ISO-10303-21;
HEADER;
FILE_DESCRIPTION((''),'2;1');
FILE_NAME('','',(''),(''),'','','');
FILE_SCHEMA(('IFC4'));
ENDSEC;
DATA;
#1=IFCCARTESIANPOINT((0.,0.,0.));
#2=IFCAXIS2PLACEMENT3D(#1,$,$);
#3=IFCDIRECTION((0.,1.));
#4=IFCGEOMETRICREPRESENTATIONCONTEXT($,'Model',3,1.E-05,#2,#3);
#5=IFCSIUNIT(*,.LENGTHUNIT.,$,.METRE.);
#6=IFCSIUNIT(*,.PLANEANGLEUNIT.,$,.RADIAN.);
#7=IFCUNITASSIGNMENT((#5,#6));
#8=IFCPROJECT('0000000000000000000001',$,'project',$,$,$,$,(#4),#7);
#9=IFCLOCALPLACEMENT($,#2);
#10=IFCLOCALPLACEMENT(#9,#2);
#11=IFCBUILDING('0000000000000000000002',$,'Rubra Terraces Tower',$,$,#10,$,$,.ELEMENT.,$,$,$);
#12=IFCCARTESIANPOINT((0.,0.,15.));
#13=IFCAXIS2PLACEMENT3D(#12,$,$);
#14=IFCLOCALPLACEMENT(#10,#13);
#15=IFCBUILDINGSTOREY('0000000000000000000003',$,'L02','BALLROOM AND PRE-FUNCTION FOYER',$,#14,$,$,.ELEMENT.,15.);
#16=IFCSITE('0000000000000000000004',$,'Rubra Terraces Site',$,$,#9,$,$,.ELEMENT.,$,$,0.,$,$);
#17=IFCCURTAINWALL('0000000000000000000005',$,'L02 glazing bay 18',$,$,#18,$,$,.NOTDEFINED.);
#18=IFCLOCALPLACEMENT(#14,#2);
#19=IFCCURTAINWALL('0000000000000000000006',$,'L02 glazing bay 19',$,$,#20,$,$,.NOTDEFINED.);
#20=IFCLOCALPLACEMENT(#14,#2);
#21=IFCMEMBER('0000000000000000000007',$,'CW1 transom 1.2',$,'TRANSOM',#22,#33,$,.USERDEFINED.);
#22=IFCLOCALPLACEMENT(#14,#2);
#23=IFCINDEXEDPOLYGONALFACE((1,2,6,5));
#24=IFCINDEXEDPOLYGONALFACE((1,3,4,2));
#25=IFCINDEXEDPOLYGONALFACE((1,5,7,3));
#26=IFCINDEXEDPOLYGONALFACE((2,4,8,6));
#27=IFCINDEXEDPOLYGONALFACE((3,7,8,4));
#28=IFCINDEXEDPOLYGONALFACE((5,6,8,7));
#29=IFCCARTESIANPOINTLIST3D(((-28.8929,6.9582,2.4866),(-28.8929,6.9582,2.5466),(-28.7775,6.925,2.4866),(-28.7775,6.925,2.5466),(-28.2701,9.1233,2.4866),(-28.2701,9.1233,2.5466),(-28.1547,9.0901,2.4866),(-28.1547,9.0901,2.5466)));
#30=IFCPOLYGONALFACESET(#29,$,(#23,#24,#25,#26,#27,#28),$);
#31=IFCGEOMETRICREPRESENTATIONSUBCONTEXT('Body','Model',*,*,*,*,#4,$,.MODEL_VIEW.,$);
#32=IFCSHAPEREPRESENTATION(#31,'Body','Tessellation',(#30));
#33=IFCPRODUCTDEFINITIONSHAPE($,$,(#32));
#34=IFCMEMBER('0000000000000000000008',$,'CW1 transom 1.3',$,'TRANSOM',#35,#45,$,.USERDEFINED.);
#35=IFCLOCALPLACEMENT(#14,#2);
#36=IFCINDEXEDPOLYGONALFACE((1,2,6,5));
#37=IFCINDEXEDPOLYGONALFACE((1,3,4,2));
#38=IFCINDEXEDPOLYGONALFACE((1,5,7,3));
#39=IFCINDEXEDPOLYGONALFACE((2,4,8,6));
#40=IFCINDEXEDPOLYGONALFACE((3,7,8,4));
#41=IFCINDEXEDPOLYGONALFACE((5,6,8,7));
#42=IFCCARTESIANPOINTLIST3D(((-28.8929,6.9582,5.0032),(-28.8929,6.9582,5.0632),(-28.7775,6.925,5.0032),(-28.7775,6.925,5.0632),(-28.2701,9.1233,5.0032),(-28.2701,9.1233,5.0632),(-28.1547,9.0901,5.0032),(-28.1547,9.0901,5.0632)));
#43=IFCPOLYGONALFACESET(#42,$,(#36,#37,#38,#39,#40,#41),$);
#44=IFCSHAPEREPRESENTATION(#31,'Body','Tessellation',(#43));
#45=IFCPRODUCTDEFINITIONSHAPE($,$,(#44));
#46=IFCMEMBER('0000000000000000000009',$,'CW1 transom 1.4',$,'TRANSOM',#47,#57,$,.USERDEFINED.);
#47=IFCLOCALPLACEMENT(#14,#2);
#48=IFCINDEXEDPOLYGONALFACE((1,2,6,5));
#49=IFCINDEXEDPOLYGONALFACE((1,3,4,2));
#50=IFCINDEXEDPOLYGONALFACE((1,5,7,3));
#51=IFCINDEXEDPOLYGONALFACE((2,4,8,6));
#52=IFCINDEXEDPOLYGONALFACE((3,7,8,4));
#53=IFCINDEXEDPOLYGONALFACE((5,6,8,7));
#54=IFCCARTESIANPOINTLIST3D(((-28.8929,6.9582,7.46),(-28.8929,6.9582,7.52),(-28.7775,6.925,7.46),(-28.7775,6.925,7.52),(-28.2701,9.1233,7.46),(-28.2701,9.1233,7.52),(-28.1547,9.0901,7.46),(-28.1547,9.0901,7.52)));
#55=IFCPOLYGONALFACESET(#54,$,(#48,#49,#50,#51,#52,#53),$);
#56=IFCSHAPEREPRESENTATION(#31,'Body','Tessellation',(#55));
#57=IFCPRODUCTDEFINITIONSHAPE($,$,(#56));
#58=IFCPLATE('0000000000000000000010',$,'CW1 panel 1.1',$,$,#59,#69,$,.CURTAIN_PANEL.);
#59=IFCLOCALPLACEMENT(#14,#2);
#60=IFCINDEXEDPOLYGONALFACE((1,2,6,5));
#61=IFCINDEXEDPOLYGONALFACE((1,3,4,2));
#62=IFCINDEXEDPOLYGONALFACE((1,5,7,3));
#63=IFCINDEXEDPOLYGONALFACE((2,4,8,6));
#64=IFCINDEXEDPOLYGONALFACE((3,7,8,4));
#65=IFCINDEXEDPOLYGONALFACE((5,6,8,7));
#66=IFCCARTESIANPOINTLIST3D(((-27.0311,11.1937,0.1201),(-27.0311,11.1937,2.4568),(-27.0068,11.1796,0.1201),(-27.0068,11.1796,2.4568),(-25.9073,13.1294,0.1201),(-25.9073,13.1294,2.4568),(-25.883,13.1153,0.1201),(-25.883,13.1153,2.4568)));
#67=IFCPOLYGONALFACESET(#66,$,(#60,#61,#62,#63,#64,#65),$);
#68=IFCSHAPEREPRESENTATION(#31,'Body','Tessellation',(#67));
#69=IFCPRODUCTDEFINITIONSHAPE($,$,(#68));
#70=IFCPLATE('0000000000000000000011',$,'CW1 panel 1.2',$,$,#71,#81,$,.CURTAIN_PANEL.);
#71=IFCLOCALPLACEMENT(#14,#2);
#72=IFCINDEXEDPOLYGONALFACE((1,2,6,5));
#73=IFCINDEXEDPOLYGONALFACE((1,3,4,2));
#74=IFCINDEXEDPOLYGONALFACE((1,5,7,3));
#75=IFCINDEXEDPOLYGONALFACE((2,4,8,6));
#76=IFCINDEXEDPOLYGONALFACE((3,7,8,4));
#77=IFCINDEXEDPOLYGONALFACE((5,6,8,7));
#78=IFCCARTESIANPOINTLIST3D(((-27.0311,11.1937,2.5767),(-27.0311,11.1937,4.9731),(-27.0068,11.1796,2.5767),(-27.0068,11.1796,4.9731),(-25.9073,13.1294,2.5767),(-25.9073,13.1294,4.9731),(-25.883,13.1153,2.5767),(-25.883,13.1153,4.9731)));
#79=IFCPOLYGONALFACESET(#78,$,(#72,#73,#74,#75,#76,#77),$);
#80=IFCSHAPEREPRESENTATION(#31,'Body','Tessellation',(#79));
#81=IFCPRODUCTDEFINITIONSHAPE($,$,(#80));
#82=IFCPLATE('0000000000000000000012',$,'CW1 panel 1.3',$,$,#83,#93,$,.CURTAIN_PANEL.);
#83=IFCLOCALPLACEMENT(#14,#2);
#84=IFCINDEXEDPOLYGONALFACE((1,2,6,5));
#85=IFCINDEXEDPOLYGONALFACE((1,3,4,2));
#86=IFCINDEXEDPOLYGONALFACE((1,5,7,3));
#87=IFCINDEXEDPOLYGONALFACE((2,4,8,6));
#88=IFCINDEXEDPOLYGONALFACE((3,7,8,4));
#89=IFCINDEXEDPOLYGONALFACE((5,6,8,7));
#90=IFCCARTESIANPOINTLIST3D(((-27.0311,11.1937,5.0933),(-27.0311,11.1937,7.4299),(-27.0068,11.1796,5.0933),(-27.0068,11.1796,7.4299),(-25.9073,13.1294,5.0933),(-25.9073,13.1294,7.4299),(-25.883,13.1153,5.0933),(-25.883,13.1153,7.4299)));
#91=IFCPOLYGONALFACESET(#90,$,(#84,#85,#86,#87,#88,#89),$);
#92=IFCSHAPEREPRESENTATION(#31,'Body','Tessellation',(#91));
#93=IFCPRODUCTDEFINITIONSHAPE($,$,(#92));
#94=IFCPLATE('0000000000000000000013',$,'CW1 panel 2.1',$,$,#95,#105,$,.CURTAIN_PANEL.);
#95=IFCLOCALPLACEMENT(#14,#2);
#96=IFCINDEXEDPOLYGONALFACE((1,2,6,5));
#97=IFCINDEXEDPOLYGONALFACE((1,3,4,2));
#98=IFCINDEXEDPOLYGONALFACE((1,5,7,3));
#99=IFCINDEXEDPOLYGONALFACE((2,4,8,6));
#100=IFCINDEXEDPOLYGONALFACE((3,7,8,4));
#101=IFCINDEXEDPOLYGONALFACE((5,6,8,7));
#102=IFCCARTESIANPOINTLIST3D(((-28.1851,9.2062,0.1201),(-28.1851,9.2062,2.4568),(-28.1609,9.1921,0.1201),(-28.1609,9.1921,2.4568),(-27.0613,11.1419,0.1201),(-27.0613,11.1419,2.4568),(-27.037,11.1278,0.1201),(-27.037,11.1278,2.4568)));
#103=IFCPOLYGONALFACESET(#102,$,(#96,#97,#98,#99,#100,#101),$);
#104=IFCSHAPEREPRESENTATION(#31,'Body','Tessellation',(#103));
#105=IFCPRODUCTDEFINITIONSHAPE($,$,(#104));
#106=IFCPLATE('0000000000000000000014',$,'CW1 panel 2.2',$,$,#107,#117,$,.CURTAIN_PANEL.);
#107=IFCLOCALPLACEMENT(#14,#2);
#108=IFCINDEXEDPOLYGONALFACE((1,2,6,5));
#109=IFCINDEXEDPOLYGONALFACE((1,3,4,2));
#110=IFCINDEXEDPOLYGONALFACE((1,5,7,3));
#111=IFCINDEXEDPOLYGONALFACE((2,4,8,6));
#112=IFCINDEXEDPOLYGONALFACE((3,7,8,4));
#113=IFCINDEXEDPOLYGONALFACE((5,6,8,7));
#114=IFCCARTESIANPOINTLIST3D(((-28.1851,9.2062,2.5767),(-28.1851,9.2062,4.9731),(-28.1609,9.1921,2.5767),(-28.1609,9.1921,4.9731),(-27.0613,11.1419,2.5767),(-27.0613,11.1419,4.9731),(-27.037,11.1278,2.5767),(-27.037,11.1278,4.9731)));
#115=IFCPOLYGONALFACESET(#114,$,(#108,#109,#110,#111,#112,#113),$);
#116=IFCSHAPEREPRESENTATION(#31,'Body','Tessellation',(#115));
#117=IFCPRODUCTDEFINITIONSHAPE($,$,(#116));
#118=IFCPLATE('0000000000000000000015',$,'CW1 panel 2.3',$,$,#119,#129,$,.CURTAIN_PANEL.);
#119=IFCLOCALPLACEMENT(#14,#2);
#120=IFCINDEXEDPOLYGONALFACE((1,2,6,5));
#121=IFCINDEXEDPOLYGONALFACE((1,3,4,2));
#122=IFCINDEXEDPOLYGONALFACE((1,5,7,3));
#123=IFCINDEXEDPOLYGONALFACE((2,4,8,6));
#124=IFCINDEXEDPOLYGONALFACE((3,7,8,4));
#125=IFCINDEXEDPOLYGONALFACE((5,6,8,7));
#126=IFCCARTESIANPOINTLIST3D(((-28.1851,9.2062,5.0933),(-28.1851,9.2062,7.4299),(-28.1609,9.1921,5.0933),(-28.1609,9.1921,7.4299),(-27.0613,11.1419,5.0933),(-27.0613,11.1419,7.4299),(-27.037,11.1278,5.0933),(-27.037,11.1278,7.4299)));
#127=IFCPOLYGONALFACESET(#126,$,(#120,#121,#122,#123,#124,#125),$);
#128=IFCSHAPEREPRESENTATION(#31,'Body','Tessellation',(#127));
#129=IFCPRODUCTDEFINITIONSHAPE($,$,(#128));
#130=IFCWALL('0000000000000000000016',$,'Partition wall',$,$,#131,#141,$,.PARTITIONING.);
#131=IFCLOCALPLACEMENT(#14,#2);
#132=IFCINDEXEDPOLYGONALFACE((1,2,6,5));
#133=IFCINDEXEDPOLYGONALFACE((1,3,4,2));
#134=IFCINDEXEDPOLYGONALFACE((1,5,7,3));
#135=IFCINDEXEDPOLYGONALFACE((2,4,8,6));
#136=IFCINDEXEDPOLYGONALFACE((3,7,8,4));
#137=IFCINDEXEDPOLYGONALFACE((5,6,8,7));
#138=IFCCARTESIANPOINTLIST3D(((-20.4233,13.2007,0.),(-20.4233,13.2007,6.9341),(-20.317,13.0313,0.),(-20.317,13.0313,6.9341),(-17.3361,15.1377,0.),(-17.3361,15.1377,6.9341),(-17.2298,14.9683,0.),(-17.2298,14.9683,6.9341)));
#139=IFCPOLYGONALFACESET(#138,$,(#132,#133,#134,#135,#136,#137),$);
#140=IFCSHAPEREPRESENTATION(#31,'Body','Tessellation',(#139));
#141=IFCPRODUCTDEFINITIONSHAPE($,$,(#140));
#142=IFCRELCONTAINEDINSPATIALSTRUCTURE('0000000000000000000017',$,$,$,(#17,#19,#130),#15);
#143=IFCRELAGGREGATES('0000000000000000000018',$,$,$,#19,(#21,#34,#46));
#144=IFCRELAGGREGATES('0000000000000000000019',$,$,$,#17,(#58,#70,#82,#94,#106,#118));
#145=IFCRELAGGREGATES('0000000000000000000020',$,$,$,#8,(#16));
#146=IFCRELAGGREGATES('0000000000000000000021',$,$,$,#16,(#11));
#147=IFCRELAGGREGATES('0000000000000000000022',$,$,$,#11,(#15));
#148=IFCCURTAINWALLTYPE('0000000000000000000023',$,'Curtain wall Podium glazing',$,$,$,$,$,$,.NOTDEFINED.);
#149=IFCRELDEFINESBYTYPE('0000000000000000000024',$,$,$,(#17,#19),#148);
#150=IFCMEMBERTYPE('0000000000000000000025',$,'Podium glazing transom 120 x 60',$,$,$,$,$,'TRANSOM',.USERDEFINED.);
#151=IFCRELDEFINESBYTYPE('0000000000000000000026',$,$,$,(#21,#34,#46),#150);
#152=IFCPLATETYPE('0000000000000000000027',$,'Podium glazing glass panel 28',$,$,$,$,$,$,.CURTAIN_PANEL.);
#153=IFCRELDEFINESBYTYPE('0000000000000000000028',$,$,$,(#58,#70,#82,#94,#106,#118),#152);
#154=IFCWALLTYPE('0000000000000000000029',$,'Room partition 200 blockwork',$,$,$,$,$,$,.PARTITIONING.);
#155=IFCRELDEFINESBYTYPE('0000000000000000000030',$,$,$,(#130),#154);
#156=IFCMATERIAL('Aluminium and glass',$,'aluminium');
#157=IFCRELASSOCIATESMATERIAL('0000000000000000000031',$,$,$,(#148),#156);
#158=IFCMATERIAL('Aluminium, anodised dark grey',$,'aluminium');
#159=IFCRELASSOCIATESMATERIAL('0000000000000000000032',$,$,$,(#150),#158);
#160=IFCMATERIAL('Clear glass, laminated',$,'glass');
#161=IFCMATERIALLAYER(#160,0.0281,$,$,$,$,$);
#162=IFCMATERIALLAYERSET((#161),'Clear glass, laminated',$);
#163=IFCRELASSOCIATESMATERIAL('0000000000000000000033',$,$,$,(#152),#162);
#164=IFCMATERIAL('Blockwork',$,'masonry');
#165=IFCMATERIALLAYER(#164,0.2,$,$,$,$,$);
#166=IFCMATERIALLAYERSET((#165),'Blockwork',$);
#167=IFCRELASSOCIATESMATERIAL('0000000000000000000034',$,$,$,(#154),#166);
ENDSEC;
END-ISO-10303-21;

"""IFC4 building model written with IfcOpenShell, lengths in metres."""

from ifc_helpers import new_model, si_unit, direction, frame, frame_2d, origin, origin_2d, place, context, subcontext, project, spatial, rectangle, extrude, material, layer, layer_set, material_profile, profile_set, type_object, element, aggregate, save


model = new_model("IFC4")

# Units and contexts
model_context = context("Model", 3, precision=1e-05, world=origin(), true_north=direction((0.0, 1.0)))
body_context = subcontext(model_context, "Body", "Model", "MODEL_VIEW")
ifc_project = project(units=[si_unit("LENGTHUNIT", "METRE"), si_unit("PLANEANGLEUNIT", "RADIAN")], contexts=[model_context])

# Site, building, storey
site_placement = place(None, origin())
site = spatial("IfcSite", under=ifc_project, at=site_placement, Name="Rubra Terraces Site", CompositionType="ELEMENT", RefElevation=0.0)
building_placement = place(site_placement, origin())
building = spatial("IfcBuilding", under=site, at=building_placement, Name="Rubra Terraces Tower", CompositionType="ELEMENT")
storey_placement = place(building_placement, frame((0.0, 0.0, 15.0)))
storey = spatial("IfcBuildingStorey", under=building, at=storey_placement, Name="L02", Description="BALLROOM AND PRE-FUNCTION FOYER", CompositionType="ELEMENT", Elevation=15.0)

# Curtain walls
ifc_material_1 = material(Name="Aluminium and glass", Category="aluminium")
curtain_wall_type = type_object("IfcCurtainWallType", Name="Curtain wall Podium glazing", PredefinedType="NOTDEFINED", material=ifc_material_1)
curtain_wall_1_placement = place(storey_placement, origin())
curtain_wall_1 = element("IfcCurtainWall", 1, at=curtain_wall_1_placement, inside=storey, type_object=curtain_wall_type, Name="L02 glazing bay 18", PredefinedType="NOTDEFINED")
ifc_material_2 = material(Name="Aluminium, anodised dark grey", Category="aluminium")
curtain_wall_2_placement = place(storey_placement, origin())
curtain_wall_2 = element("IfcCurtainWall", 2, at=curtain_wall_2_placement, inside=storey, type_object=curtain_wall_type, Name="L02 glazing bay 19", PredefinedType="NOTDEFINED")

# Members
ifc_material_profile_1 = material_profile(ifc_material_2, rectangle(XDim=0.1201, YDim=0.0601, at=origin_2d()), Name="AL 120x60")
ifc_profile_set_1 = profile_set([ifc_material_profile_1], Name="Aluminium, anodised dark grey")
member_type_1 = type_object("IfcMemberType", Name="Podium glazing transom 120 x 60", ElementType="TRANSOM", PredefinedType="USERDEFINED", material=ifc_profile_set_1)
member_1_placement = place(storey_placement, frame((-28.2124, 9.1067, 2.5166), z_axis=(-0.276453, -0.961028, 0.0), x_axis=(0.961028, -0.276453, 0.0)))
member_1 = element("IfcMember", 3, at=member_1_placement, type_object=member_type_1, Name="CW1 transom 1.2", ObjectType="TRANSOM", PredefinedType="USERDEFINED", context=body_context, shape_type="SweptSolid", body=[
    extrude(rectangle(XDim=0.1201, YDim=0.0601, at=origin_2d()), origin(), (0.0, 0.0, 1.0), 2.2529),
])
member_2_placement = place(storey_placement, frame((-28.2124, 9.1067, 5.0332), z_axis=(-0.276453, -0.961028, 0.0), x_axis=(0.961028, -0.276453, 0.0)))
member_2 = element("IfcMember", 4, at=member_2_placement, type_object=member_type_1, Name="CW1 transom 1.3", ObjectType="TRANSOM", PredefinedType="USERDEFINED", context=body_context, shape_type="SweptSolid", body=[
    extrude(rectangle(XDim=0.1201, YDim=0.0601, at=origin_2d()), origin(), (0.0, 0.0, 1.0), 2.2529),
])
member_3_placement = place(storey_placement, frame((-28.2124, 9.1067, 7.49), z_axis=(-0.276453, -0.961028, 0.0), x_axis=(0.961028, -0.276453, 0.0)))
member_3 = element("IfcMember", 5, at=member_3_placement, type_object=member_type_1, Name="CW1 transom 1.4", ObjectType="TRANSOM", PredefinedType="USERDEFINED", context=body_context, shape_type="SweptSolid", body=[
    extrude(rectangle(XDim=0.1201, YDim=0.0601, at=origin_2d()), origin(), (0.0, 0.0, 1.0), 2.2529),
])
aggregate(curtain_wall_2, [member_1, member_2, member_3])

# Plates
ifc_material_3 = material(Name="Clear glass, laminated", Category="glass")
ifc_layer_1 = layer(ifc_material_3, 0.0281)
ifc_layer_set_1 = layer_set([ifc_layer_1], Name="Clear glass, laminated")
plate_type = type_object("IfcPlateType", Name="Podium glazing glass panel 28", PredefinedType="CURTAIN_PANEL", material=ifc_layer_set_1)
plate_1_placement = place(storey_placement, frame((-26.457, 12.1545, 0.1201), z_axis=(0.0, 0.0, 1.0), x_axis=(-0.502094, -0.864813, 0.0)))
plate_1 = element("IfcPlate", 6, at=plate_1_placement, type_object=plate_type, Name="CW1 panel 1.1", PredefinedType="CURTAIN_PANEL", context=body_context, shape_type="SweptSolid", body=[
    extrude(rectangle(XDim=2.2383, YDim=0.0281, at=origin_2d()), origin(), (0.0, 0.0, 1.0), 2.3367),
])
plate_2_placement = place(storey_placement, frame((-26.457, 12.1545, 2.5767), z_axis=(0.0, 0.0, 1.0), x_axis=(-0.502094, -0.864813, 0.0)))
plate_2 = element("IfcPlate", 7, at=plate_2_placement, type_object=plate_type, Name="CW1 panel 1.2", PredefinedType="CURTAIN_PANEL", context=body_context, shape_type="SweptSolid", body=[
    extrude(rectangle(XDim=2.2383, YDim=0.0281, at=origin_2d()), origin(), (0.0, 0.0, 1.0), 2.3965),
])
plate_3_placement = place(storey_placement, frame((-26.457, 12.1545, 5.0933), z_axis=(0.0, 0.0, 1.0), x_axis=(-0.502094, -0.864813, 0.0)))
plate_3 = element("IfcPlate", 8, at=plate_3_placement, type_object=plate_type, Name="CW1 panel 1.3", PredefinedType="CURTAIN_PANEL", context=body_context, shape_type="SweptSolid", body=[
    extrude(rectangle(XDim=2.2383, YDim=0.0281, at=origin_2d()), origin(), (0.0, 0.0, 1.0), 2.3367),
])
plate_4_placement = place(storey_placement, frame((-27.6111, 10.167, 0.1201), z_axis=(0.0, 0.0, 1.0), x_axis=(-0.502094, -0.864813, 0.0)))
plate_4 = element("IfcPlate", 9, at=plate_4_placement, type_object=plate_type, Name="CW1 panel 2.1", PredefinedType="CURTAIN_PANEL", context=body_context, shape_type="SweptSolid", body=[
    extrude(rectangle(XDim=2.2383, YDim=0.0281, at=origin_2d()), origin(), (0.0, 0.0, 1.0), 2.3367),
])
plate_5_placement = place(storey_placement, frame((-27.6111, 10.167, 2.5767), z_axis=(0.0, 0.0, 1.0), x_axis=(-0.502094, -0.864813, 0.0)))
plate_5 = element("IfcPlate", 10, at=plate_5_placement, type_object=plate_type, Name="CW1 panel 2.2", PredefinedType="CURTAIN_PANEL", context=body_context, shape_type="SweptSolid", body=[
    extrude(rectangle(XDim=2.2383, YDim=0.0281, at=origin_2d()), origin(), (0.0, 0.0, 1.0), 2.3965),
])
plate_6_placement = place(storey_placement, frame((-27.6111, 10.167, 5.0933), z_axis=(0.0, 0.0, 1.0), x_axis=(-0.502094, -0.864813, 0.0)))
plate_6 = element("IfcPlate", 11, at=plate_6_placement, type_object=plate_type, Name="CW1 panel 2.3", PredefinedType="CURTAIN_PANEL", context=body_context, shape_type="SweptSolid", body=[
    extrude(rectangle(XDim=2.2383, YDim=0.0281, at=origin_2d()), origin(), (0.0, 0.0, 1.0), 2.3367),
])
aggregate(curtain_wall_1, [plate_1, plate_2, plate_3, plate_4, plate_5, plate_6])

# Wall
ifc_material_4 = material(Name="Blockwork", Category="masonry")
ifc_layer_2 = layer(ifc_material_4, 0.2)
ifc_layer_set_2 = layer_set([ifc_layer_2], Name="Blockwork")
wall_type = type_object("IfcWallType", Name="Room partition 200 blockwork", PredefinedType="PARTITIONING", material=ifc_layer_set_2)
wall_placement = place(storey_placement, frame((-20.3701, 13.116, 0.0), z_axis=(0.0, 0.0, 1.0), x_axis=(0.847067, 0.531485, 0.0)))
element("IfcWall", 12, at=wall_placement, inside=storey, type_object=wall_type, Name="Partition wall", PredefinedType="PARTITIONING", context=body_context, shape_type="SweptSolid", body=[
    extrude(rectangle(XDim=3.6445, YDim=0.2, at=frame_2d((1.8223, 0.0))), origin(), (0.0, 0.0, 1.0), 6.9341),
])

save(model, "model.ifc")
